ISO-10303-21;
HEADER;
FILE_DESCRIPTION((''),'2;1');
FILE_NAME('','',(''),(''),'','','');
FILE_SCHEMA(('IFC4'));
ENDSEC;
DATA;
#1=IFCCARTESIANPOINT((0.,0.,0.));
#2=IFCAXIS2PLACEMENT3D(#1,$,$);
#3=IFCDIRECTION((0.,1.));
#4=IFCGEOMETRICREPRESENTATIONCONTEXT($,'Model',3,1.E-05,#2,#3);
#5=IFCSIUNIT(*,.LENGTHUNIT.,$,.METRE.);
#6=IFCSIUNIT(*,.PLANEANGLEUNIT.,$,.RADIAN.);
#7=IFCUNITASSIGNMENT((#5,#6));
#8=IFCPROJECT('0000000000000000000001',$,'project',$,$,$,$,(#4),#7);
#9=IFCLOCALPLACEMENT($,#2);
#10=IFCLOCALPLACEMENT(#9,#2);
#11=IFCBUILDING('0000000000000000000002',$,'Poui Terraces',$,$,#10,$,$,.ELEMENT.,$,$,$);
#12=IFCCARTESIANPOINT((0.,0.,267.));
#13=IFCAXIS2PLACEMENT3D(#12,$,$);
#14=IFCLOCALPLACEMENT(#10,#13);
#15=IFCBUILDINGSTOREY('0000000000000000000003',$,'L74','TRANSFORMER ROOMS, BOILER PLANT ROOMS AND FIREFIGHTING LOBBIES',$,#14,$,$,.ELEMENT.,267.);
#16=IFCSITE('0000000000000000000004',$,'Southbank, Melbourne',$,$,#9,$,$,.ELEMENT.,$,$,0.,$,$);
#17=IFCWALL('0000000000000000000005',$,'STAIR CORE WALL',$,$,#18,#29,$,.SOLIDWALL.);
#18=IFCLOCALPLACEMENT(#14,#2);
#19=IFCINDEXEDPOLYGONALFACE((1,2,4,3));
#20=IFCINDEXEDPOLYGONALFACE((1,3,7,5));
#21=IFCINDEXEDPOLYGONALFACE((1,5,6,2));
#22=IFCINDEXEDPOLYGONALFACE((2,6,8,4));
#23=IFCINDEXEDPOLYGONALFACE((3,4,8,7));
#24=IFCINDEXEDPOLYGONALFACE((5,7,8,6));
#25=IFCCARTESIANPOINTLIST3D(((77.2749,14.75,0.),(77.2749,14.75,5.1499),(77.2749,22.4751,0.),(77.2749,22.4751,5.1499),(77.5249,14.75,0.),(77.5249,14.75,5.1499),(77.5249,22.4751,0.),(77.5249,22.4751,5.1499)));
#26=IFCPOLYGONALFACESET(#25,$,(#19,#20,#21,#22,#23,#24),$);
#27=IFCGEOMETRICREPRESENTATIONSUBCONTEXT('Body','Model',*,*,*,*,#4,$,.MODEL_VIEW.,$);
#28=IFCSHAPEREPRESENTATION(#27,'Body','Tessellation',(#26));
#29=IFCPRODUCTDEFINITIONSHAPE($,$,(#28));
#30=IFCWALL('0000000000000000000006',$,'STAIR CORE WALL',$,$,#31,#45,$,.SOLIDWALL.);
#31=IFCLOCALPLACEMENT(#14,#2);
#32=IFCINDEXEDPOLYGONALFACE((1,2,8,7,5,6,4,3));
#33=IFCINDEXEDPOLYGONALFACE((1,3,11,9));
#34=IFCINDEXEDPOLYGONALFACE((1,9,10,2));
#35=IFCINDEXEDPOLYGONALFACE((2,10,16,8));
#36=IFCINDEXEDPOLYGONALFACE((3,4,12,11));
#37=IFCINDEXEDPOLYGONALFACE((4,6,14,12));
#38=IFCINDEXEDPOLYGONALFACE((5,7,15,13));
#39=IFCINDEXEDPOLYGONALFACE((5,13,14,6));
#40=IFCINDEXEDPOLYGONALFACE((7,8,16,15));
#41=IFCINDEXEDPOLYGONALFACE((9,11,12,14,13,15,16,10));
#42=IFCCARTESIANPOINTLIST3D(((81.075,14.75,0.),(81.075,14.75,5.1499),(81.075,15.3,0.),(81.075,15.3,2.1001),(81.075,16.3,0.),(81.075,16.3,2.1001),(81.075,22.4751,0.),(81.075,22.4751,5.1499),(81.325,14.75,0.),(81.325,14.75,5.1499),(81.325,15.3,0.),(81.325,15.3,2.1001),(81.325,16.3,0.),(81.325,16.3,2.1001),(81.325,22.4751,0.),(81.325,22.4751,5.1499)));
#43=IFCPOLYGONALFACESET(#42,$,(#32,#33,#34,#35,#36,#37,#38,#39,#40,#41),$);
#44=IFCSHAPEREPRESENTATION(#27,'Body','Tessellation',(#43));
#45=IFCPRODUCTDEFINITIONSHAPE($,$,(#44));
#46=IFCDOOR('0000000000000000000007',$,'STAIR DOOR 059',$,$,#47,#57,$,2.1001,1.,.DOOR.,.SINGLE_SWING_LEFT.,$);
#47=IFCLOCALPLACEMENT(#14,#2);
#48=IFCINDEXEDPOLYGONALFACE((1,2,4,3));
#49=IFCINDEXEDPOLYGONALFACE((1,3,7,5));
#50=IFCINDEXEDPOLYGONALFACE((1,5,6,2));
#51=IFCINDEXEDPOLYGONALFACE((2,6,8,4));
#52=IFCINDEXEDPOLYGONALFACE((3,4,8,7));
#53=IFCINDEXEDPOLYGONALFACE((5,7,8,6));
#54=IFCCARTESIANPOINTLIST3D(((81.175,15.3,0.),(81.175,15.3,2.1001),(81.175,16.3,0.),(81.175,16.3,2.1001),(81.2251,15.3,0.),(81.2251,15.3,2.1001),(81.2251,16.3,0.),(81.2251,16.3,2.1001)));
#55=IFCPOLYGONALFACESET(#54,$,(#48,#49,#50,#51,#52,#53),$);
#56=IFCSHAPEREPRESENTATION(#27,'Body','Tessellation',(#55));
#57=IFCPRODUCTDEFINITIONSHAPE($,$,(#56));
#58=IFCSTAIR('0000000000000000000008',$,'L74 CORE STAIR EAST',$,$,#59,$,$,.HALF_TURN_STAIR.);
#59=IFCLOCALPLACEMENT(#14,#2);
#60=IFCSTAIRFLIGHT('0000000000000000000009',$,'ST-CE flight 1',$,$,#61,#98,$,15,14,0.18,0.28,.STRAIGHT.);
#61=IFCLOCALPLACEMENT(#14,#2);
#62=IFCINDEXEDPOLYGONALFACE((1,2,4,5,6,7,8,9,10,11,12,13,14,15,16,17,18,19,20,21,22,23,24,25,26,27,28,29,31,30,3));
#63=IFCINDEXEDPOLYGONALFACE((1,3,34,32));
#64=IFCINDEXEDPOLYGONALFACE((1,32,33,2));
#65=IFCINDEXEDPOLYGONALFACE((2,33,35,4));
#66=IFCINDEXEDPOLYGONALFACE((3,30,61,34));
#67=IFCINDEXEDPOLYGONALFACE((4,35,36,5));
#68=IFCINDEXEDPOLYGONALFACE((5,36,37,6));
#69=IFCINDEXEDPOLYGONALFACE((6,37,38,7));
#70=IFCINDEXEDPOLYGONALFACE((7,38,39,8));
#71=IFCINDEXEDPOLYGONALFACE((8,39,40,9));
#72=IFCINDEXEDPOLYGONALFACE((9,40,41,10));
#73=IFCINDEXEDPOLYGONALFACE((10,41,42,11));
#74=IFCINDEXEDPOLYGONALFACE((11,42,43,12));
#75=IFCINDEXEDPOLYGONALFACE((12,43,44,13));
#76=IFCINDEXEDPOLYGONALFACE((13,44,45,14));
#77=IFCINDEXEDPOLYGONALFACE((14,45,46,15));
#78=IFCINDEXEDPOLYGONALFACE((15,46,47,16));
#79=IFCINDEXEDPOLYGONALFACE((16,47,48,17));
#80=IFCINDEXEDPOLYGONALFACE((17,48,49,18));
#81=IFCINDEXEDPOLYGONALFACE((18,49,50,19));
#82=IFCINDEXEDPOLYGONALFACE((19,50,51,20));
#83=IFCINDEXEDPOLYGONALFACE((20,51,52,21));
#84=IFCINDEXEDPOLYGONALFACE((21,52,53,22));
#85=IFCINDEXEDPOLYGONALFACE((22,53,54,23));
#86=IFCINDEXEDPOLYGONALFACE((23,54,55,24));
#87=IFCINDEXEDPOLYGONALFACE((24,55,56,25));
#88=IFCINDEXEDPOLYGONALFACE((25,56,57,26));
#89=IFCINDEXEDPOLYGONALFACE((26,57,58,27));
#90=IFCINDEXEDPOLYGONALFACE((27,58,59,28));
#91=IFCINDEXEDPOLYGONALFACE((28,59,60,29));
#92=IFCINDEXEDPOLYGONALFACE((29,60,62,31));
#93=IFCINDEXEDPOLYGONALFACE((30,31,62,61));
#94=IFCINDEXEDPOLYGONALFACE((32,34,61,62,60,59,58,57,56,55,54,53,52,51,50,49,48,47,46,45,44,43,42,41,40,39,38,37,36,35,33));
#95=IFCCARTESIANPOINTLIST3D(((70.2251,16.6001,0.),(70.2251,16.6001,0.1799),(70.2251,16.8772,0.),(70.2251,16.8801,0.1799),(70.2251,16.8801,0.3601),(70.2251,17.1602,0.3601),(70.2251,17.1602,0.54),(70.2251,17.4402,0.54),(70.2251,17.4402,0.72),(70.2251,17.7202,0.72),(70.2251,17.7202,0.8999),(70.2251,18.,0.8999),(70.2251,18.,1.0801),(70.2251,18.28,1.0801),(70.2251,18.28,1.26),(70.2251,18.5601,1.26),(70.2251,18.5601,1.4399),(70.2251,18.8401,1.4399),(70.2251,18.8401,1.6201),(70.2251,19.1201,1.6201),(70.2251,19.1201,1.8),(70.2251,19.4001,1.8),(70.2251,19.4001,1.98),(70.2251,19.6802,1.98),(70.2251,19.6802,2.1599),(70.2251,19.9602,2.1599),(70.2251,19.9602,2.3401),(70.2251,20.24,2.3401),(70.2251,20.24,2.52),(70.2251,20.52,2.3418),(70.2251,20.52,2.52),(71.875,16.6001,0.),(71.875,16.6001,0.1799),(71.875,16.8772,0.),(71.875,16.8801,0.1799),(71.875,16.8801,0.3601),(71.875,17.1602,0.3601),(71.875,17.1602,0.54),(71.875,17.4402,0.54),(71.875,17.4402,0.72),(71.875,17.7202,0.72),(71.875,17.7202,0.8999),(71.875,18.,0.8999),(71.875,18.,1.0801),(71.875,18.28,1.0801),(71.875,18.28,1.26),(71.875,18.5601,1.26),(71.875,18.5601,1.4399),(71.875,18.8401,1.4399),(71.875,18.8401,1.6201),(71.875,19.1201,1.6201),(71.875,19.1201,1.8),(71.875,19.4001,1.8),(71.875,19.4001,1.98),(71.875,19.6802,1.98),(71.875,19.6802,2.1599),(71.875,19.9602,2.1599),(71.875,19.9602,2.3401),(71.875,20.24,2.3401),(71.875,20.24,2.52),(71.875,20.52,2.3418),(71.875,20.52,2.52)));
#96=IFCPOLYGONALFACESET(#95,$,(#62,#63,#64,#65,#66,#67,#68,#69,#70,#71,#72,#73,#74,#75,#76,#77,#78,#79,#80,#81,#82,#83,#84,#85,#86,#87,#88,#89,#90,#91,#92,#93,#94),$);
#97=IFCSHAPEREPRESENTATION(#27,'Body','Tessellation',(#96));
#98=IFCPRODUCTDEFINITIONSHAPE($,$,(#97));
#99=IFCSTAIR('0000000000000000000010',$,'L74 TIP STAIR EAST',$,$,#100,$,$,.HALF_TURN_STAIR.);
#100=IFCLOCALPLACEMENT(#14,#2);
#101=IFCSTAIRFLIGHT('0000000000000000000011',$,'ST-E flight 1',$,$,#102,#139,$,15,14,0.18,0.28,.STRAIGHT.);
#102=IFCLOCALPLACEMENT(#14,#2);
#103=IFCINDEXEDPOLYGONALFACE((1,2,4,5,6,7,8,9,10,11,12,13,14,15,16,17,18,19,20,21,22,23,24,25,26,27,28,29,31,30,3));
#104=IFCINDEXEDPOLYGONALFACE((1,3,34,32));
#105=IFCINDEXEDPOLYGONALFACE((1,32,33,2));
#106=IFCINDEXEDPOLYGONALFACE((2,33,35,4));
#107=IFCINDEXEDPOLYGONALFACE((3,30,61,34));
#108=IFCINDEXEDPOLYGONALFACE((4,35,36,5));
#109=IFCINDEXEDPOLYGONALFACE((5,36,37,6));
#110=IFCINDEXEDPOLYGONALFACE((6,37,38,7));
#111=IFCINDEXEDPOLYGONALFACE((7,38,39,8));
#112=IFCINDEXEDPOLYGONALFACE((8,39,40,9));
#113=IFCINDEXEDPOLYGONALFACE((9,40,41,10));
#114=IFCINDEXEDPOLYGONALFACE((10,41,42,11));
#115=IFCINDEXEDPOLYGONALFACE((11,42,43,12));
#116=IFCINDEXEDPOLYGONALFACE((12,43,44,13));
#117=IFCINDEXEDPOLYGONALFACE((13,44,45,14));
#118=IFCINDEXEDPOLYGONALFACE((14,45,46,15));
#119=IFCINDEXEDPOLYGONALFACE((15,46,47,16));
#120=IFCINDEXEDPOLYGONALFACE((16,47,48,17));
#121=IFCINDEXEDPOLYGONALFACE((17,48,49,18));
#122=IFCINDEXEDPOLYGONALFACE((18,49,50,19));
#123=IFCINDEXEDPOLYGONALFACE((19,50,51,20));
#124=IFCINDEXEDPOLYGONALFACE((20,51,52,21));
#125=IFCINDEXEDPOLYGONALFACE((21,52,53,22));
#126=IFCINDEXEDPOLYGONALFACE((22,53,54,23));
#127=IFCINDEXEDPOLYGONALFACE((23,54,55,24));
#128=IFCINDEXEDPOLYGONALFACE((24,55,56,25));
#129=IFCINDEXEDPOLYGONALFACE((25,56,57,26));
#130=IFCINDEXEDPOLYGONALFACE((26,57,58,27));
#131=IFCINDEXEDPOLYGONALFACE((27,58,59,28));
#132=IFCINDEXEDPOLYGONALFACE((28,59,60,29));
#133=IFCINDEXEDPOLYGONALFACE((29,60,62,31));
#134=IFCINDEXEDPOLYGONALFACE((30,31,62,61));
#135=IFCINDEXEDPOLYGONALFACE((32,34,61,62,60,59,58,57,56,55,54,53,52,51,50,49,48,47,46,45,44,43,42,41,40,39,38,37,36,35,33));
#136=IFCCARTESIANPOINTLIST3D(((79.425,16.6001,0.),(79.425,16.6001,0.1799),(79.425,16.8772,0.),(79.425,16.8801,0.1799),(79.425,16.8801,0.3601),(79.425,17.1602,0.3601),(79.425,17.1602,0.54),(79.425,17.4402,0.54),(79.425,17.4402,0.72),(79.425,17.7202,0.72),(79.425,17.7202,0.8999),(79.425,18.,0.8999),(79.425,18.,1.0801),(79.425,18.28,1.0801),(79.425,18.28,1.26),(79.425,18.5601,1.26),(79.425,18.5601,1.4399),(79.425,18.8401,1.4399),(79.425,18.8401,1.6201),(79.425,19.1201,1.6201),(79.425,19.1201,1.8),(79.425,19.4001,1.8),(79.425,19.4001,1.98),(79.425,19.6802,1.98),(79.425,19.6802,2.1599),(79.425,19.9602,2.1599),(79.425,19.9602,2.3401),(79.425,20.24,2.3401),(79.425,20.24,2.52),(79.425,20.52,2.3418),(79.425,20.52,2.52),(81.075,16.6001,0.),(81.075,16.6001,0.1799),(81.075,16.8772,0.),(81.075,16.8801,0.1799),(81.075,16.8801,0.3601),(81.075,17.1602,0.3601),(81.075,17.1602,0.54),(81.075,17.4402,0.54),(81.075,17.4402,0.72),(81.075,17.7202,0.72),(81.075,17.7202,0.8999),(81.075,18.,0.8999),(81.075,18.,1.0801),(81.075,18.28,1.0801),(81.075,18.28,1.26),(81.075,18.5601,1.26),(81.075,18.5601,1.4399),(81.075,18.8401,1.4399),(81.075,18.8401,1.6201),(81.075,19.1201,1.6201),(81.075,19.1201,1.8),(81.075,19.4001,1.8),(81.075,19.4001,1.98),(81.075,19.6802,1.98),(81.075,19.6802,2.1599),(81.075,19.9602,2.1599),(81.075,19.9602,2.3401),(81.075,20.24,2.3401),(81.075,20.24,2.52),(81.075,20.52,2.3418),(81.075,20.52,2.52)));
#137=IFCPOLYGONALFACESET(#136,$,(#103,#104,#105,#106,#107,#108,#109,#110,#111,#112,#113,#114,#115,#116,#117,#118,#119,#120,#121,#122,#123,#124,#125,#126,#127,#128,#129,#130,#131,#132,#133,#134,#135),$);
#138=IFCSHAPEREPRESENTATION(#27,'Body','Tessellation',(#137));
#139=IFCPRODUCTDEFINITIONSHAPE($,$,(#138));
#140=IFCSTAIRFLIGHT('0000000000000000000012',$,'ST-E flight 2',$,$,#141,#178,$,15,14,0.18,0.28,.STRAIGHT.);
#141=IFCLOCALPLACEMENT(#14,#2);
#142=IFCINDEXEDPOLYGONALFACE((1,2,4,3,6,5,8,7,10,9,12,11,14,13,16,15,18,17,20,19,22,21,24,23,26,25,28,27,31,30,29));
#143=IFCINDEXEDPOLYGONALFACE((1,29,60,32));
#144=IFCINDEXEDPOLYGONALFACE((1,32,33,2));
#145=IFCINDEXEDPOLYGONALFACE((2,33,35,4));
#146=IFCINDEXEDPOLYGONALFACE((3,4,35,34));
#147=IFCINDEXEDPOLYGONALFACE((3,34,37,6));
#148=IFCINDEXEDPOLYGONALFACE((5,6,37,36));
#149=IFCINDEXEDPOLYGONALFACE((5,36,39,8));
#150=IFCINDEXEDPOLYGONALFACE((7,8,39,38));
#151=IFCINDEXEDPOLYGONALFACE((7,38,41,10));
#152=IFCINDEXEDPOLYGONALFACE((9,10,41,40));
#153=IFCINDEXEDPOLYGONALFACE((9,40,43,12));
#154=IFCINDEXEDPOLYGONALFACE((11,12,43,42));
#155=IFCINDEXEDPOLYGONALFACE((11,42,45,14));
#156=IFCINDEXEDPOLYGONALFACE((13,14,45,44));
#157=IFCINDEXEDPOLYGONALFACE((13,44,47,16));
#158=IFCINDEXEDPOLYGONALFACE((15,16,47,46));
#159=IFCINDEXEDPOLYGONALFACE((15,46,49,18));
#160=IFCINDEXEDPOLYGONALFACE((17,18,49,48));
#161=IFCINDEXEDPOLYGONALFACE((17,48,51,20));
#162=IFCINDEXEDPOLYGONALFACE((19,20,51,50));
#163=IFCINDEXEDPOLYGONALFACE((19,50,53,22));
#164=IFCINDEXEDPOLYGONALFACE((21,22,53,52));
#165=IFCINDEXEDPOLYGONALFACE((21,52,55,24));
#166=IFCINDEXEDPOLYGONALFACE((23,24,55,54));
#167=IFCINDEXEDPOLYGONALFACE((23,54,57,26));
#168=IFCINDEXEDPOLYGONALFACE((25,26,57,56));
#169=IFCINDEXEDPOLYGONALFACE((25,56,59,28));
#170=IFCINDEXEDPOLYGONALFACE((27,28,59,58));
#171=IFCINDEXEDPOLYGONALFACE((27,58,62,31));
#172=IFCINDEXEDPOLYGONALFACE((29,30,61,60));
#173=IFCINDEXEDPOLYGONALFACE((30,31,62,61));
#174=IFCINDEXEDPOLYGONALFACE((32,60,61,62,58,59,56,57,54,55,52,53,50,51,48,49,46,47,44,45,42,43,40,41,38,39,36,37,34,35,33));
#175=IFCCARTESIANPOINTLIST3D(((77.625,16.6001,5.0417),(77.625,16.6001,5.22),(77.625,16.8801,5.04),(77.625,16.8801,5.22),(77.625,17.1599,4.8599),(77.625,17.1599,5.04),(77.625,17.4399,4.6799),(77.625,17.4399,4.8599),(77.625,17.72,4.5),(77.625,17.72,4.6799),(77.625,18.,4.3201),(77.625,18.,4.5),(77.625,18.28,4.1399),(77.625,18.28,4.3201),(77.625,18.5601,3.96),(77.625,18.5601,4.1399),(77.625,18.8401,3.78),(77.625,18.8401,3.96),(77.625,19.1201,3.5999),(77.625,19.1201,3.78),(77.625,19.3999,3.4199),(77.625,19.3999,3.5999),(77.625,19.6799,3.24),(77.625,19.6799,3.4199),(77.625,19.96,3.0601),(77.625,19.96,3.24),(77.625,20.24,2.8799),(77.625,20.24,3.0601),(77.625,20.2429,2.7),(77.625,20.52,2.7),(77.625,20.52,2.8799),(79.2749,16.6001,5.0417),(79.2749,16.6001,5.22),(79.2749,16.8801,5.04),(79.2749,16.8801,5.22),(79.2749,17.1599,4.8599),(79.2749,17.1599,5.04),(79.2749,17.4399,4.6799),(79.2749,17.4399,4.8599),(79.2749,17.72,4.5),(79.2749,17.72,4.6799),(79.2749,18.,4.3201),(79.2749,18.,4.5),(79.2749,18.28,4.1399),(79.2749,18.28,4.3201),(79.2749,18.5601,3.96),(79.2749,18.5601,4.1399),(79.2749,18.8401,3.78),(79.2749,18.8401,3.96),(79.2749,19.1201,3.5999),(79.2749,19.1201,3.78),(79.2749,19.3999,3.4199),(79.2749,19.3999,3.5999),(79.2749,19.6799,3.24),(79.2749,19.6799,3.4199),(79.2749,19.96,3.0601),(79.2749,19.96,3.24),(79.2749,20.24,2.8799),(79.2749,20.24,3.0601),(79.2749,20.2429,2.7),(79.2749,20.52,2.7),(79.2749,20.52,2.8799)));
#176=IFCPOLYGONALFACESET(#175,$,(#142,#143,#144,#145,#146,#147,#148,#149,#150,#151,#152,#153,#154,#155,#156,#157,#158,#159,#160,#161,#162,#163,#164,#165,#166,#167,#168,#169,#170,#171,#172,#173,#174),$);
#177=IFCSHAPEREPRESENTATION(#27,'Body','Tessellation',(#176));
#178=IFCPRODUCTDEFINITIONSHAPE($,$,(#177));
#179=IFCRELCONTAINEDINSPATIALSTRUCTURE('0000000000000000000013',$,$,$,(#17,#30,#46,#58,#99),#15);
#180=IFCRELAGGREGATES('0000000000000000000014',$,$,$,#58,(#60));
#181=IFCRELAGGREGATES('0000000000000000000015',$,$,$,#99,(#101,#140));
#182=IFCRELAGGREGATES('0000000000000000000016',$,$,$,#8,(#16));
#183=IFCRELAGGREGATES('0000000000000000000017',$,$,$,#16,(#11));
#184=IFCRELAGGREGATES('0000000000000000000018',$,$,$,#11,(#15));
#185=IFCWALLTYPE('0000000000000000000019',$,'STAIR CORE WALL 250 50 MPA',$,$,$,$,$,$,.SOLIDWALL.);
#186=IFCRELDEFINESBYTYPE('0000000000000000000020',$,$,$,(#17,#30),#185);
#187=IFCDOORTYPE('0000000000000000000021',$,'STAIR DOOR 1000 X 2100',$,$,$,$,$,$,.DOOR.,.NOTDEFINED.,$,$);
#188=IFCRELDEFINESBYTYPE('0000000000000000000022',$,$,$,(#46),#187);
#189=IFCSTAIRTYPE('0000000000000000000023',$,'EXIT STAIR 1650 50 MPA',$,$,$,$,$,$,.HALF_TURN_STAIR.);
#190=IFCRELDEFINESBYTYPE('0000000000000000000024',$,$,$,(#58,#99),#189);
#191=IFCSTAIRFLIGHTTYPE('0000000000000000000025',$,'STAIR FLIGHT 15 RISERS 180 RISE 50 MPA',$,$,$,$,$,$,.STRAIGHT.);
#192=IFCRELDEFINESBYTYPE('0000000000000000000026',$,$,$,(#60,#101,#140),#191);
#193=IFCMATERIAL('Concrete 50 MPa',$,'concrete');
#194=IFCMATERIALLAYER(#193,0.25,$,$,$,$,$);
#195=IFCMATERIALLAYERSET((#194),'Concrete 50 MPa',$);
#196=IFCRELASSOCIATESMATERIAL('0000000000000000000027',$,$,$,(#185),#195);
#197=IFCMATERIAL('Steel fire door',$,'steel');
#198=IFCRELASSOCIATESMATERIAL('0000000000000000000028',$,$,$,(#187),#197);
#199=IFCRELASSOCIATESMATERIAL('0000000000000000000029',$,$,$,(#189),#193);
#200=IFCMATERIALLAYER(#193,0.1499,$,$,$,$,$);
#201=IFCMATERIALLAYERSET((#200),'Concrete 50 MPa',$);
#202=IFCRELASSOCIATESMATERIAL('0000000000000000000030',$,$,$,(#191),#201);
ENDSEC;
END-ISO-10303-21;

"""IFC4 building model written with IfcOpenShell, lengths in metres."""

from ifc_helpers import new_model, si_unit, direction, frame, frame_2d, origin, place, context, subcontext, project, spatial, polyline, rectangle, outline, extrude, material, layer, layer_set, type_object, element, fill, aggregate, save


model = new_model("IFC4")

# Units and contexts
model_context = context("Model", 3, precision=1e-05, world=origin(), true_north=direction((0.0, 1.0)))
body_context = subcontext(model_context, "Body", "Model", "MODEL_VIEW")
ifc_project = project(units=[si_unit("LENGTHUNIT", "METRE"), si_unit("PLANEANGLEUNIT", "RADIAN")], contexts=[model_context])

# Site, building, storey
site_placement = place(None, origin())
site = spatial("IfcSite", under=ifc_project, at=site_placement, Name="Southbank, Melbourne", CompositionType="ELEMENT", RefElevation=0.0)
building_placement = place(site_placement, origin())
building = spatial("IfcBuilding", under=site, at=building_placement, Name="Poui Terraces", CompositionType="ELEMENT")
storey_placement = place(building_placement, frame((0.0, 0.0, 267.0)))
storey = spatial("IfcBuildingStorey", under=building, at=storey_placement, Name="L74", Description="TRANSFORMER ROOMS, BOILER PLANT ROOMS AND FIREFIGHTING LOBBIES", CompositionType="ELEMENT", Elevation=267.0)

# Wall
ifc_material_1 = material(Name="Concrete 50 MPa", Category="concrete")
ifc_layer_1 = layer(ifc_material_1, 0.25)
ifc_layer_set_1 = layer_set([ifc_layer_1], Name="Concrete 50 MPa")
wall_type = type_object("IfcWallType", Name="STAIR CORE WALL 250 50 MPA", PredefinedType="SOLIDWALL", material=ifc_layer_set_1)
wall_1_placement = place(storey_placement, frame((77.3999, 14.75, 0.0), z_axis=(0.0, 0.0, 1.0), x_axis=(0.0, 1.0, 0.0)))
element("IfcWall", 1, at=wall_1_placement, inside=storey, type_object=wall_type, Name="STAIR CORE WALL", PredefinedType="SOLIDWALL", context=body_context, shape_type="SweptSolid", body=[
    extrude(rectangle(XDim=7.7251, YDim=0.25, at=frame_2d((3.8625, 0.0))), origin(), (0.0, 0.0, 1.0), 5.1499),
])

# Wall, opening, door
wall_2_placement = place(storey_placement, frame((81.2, 14.75, 0.0), z_axis=(0.0, 0.0, 1.0), x_axis=(0.0, 1.0, 0.0)))
wall_2 = element("IfcWall", 2, at=wall_2_placement, inside=storey, type_object=wall_type, Name="STAIR CORE WALL", PredefinedType="SOLIDWALL", context=body_context, shape_type="SweptSolid", body=[
    extrude(rectangle(XDim=7.7251, YDim=0.25, at=frame_2d((3.8625, 0.0))), origin(), (0.0, 0.0, 1.0), 5.1499),
])
opening_placement = place(wall_2_placement, frame((0.55, 0.0, 0.0)))
opening = element("IfcOpeningElement", 3, at=opening_placement, cuts=wall_2, PredefinedType="OPENING", context=body_context, shape_type="SweptSolid", body=[
    extrude(rectangle(XDim=1.0, YDim=2.1001, at=frame_2d((0.5, 1.05))), frame((0.0, 0.135, 0.0), z_axis=(0.0, -1.0, 0.0), x_axis=(1.0, 0.0, 0.0)), (0.0, 0.0, 1.0), 0.27),
])
ifc_material_2 = material(Name="Steel fire door", Category="steel")
door_type = type_object("IfcDoorType", Name="STAIR DOOR 1000 X 2100", OperationType="NOTDEFINED", PredefinedType="DOOR", material=ifc_material_2)
door_placement = place(opening_placement, origin())
door = element("IfcDoor", 4, at=door_placement, inside=storey, type_object=door_type, Name="STAIR DOOR 059", OperationType="SINGLE_SWING_LEFT", OverallHeight=2.1001, OverallWidth=1.0, PredefinedType="DOOR", context=body_context, shape_type="SweptSolid", body=[
    extrude(rectangle(XDim=1.0, YDim=2.1001, at=frame_2d((0.5, 1.05))), frame((0.0, 0.0249, 0.0), z_axis=(0.0, -1.0, 0.0), x_axis=(1.0, 0.0, 0.0)), (0.0, 0.0, 1.0), 0.05),
])
fill(opening, door)

# Stair, stair flight
stair_type = type_object("IfcStairType", Name="EXIT STAIR 1650 50 MPA", PredefinedType="HALF_TURN_STAIR", material=ifc_material_1)
stair_1_placement = place(storey_placement, origin())
stair_1 = element("IfcStair", 5, at=stair_1_placement, inside=storey, type_object=stair_type, Name="L74 CORE STAIR EAST", PredefinedType="HALF_TURN_STAIR")
ifc_layer_2 = layer(ifc_material_1, 0.1499)
ifc_layer_set_2 = layer_set([ifc_layer_2], Name="Concrete 50 MPa")
stair_flight_type = type_object("IfcStairFlightType", Name="STAIR FLIGHT 15 RISERS 180 RISE 50 MPA", PredefinedType="STRAIGHT", material=ifc_layer_set_2)
stair_flight_1_placement = place(storey_placement, frame((71.05, 16.6001, 0.0), z_axis=(0.0, 0.0, 1.0), x_axis=(0.0, 1.0, 0.0)))
stair_flight_1 = element("IfcStairFlight", 6, at=stair_flight_1_placement, type_object=stair_flight_type, Name="ST-CE flight 1", NumberOfRisers=15, NumberOfTreads=14, PredefinedType="STRAIGHT", RiserHeight=0.18, TreadLength=0.28, context=body_context, shape_type="SweptSolid", body=[
    extrude(outline(polyline([(0.0, 0.0), (0.0, 0.1799), (0.28, 0.1799), (0.28, 0.3601), (0.5601, 0.3601), (0.5601, 0.54), (0.8401, 0.54), (0.8401, 0.72), (1.1201, 0.72), (1.1201, 0.8999), (1.3999, 0.8999), (1.3999, 1.0801), (1.6799, 1.0801), (1.6799, 1.26), (1.96, 1.26), (1.96, 1.4399), (2.24, 1.4399), (2.24, 1.6201), (2.52, 1.6201), (2.52, 1.8), (2.8, 1.8), (2.8, 1.98), (3.0801, 1.98), (3.0801, 2.1599), (3.3601, 2.1599), (3.3601, 2.3401), (3.6399, 2.3401), (3.6399, 2.52), (3.9199, 2.52), (3.9199, 2.7), (3.9199, 2.3418), (0.2771, 0.0), (0.0, 0.0)])), frame((0.0, 0.825, 0.0), z_axis=(0.0, -1.0, 0.0), x_axis=(1.0, 0.0, 0.0)), (0.0, 0.0, 1.0), 1.6499),
])
aggregate(stair_1, [stair_flight_1])

# Stair, stair flights
stair_2_placement = place(storey_placement, origin())
stair_2 = element("IfcStair", 7, at=stair_2_placement, inside=storey, type_object=stair_type, Name="L74 TIP STAIR EAST", PredefinedType="HALF_TURN_STAIR")
stair_flight_2_placement = place(storey_placement, frame((80.25, 16.6001, 0.0), z_axis=(0.0, 0.0, 1.0), x_axis=(0.0, 1.0, 0.0)))
stair_flight_2 = element("IfcStairFlight", 8, at=stair_flight_2_placement, type_object=stair_flight_type, Name="ST-E flight 1", NumberOfRisers=15, NumberOfTreads=14, PredefinedType="STRAIGHT", RiserHeight=0.18, TreadLength=0.28, context=body_context, shape_type="SweptSolid", body=[
    extrude(outline(polyline([(0.0, 0.0), (0.0, 0.1799), (0.28, 0.1799), (0.28, 0.3601), (0.5601, 0.3601), (0.5601, 0.54), (0.8401, 0.54), (0.8401, 0.72), (1.1201, 0.72), (1.1201, 0.8999), (1.3999, 0.8999), (1.3999, 1.0801), (1.6799, 1.0801), (1.6799, 1.26), (1.96, 1.26), (1.96, 1.4399), (2.24, 1.4399), (2.24, 1.6201), (2.52, 1.6201), (2.52, 1.8), (2.8, 1.8), (2.8, 1.98), (3.0801, 1.98), (3.0801, 2.1599), (3.3601, 2.1599), (3.3601, 2.3401), (3.6399, 2.3401), (3.6399, 2.52), (3.9199, 2.52), (3.9199, 2.7), (3.9199, 2.3418), (0.2771, 0.0), (0.0, 0.0)])), frame((0.0, 0.825, 0.0), z_axis=(0.0, -1.0, 0.0), x_axis=(1.0, 0.0, 0.0)), (0.0, 0.0, 1.0), 1.6499),
])
stair_flight_3_placement = place(storey_placement, frame((78.45, 20.52, 2.7), z_axis=(0.0, 0.0, 1.0), x_axis=(0.0, -1.0, 0.0)))
stair_flight_3 = element("IfcStairFlight", 9, at=stair_flight_3_placement, type_object=stair_flight_type, Name="ST-E flight 2", NumberOfRisers=15, NumberOfTreads=14, PredefinedType="STRAIGHT", RiserHeight=0.18, TreadLength=0.28, context=body_context, shape_type="SweptSolid", body=[
    extrude(outline(polyline([(0.0, 0.0), (0.0, 0.1799), (0.28, 0.1799), (0.28, 0.3601), (0.5601, 0.3601), (0.5601, 0.54), (0.8401, 0.54), (0.8401, 0.72), (1.1201, 0.72), (1.1201, 0.8999), (1.3999, 0.8999), (1.3999, 1.0801), (1.6799, 1.0801), (1.6799, 1.26), (1.96, 1.26), (1.96, 1.4399), (2.24, 1.4399), (2.24, 1.6201), (2.52, 1.6201), (2.52, 1.8), (2.8, 1.8), (2.8, 1.98), (3.0801, 1.98), (3.0801, 2.1599), (3.3601, 2.1599), (3.3601, 2.3401), (3.6399, 2.3401), (3.6399, 2.52), (3.9199, 2.52), (3.9199, 2.7), (3.9199, 2.3418), (0.2771, 0.0), (0.0, 0.0)])), frame((0.0, 0.825, 0.0), z_axis=(0.0, -1.0, 0.0), x_axis=(1.0, 0.0, 0.0)), (0.0, 0.0, 1.0), 1.6499),
])
aggregate(stair_2, [stair_flight_2, stair_flight_3])

save(model, "model.ifc")
